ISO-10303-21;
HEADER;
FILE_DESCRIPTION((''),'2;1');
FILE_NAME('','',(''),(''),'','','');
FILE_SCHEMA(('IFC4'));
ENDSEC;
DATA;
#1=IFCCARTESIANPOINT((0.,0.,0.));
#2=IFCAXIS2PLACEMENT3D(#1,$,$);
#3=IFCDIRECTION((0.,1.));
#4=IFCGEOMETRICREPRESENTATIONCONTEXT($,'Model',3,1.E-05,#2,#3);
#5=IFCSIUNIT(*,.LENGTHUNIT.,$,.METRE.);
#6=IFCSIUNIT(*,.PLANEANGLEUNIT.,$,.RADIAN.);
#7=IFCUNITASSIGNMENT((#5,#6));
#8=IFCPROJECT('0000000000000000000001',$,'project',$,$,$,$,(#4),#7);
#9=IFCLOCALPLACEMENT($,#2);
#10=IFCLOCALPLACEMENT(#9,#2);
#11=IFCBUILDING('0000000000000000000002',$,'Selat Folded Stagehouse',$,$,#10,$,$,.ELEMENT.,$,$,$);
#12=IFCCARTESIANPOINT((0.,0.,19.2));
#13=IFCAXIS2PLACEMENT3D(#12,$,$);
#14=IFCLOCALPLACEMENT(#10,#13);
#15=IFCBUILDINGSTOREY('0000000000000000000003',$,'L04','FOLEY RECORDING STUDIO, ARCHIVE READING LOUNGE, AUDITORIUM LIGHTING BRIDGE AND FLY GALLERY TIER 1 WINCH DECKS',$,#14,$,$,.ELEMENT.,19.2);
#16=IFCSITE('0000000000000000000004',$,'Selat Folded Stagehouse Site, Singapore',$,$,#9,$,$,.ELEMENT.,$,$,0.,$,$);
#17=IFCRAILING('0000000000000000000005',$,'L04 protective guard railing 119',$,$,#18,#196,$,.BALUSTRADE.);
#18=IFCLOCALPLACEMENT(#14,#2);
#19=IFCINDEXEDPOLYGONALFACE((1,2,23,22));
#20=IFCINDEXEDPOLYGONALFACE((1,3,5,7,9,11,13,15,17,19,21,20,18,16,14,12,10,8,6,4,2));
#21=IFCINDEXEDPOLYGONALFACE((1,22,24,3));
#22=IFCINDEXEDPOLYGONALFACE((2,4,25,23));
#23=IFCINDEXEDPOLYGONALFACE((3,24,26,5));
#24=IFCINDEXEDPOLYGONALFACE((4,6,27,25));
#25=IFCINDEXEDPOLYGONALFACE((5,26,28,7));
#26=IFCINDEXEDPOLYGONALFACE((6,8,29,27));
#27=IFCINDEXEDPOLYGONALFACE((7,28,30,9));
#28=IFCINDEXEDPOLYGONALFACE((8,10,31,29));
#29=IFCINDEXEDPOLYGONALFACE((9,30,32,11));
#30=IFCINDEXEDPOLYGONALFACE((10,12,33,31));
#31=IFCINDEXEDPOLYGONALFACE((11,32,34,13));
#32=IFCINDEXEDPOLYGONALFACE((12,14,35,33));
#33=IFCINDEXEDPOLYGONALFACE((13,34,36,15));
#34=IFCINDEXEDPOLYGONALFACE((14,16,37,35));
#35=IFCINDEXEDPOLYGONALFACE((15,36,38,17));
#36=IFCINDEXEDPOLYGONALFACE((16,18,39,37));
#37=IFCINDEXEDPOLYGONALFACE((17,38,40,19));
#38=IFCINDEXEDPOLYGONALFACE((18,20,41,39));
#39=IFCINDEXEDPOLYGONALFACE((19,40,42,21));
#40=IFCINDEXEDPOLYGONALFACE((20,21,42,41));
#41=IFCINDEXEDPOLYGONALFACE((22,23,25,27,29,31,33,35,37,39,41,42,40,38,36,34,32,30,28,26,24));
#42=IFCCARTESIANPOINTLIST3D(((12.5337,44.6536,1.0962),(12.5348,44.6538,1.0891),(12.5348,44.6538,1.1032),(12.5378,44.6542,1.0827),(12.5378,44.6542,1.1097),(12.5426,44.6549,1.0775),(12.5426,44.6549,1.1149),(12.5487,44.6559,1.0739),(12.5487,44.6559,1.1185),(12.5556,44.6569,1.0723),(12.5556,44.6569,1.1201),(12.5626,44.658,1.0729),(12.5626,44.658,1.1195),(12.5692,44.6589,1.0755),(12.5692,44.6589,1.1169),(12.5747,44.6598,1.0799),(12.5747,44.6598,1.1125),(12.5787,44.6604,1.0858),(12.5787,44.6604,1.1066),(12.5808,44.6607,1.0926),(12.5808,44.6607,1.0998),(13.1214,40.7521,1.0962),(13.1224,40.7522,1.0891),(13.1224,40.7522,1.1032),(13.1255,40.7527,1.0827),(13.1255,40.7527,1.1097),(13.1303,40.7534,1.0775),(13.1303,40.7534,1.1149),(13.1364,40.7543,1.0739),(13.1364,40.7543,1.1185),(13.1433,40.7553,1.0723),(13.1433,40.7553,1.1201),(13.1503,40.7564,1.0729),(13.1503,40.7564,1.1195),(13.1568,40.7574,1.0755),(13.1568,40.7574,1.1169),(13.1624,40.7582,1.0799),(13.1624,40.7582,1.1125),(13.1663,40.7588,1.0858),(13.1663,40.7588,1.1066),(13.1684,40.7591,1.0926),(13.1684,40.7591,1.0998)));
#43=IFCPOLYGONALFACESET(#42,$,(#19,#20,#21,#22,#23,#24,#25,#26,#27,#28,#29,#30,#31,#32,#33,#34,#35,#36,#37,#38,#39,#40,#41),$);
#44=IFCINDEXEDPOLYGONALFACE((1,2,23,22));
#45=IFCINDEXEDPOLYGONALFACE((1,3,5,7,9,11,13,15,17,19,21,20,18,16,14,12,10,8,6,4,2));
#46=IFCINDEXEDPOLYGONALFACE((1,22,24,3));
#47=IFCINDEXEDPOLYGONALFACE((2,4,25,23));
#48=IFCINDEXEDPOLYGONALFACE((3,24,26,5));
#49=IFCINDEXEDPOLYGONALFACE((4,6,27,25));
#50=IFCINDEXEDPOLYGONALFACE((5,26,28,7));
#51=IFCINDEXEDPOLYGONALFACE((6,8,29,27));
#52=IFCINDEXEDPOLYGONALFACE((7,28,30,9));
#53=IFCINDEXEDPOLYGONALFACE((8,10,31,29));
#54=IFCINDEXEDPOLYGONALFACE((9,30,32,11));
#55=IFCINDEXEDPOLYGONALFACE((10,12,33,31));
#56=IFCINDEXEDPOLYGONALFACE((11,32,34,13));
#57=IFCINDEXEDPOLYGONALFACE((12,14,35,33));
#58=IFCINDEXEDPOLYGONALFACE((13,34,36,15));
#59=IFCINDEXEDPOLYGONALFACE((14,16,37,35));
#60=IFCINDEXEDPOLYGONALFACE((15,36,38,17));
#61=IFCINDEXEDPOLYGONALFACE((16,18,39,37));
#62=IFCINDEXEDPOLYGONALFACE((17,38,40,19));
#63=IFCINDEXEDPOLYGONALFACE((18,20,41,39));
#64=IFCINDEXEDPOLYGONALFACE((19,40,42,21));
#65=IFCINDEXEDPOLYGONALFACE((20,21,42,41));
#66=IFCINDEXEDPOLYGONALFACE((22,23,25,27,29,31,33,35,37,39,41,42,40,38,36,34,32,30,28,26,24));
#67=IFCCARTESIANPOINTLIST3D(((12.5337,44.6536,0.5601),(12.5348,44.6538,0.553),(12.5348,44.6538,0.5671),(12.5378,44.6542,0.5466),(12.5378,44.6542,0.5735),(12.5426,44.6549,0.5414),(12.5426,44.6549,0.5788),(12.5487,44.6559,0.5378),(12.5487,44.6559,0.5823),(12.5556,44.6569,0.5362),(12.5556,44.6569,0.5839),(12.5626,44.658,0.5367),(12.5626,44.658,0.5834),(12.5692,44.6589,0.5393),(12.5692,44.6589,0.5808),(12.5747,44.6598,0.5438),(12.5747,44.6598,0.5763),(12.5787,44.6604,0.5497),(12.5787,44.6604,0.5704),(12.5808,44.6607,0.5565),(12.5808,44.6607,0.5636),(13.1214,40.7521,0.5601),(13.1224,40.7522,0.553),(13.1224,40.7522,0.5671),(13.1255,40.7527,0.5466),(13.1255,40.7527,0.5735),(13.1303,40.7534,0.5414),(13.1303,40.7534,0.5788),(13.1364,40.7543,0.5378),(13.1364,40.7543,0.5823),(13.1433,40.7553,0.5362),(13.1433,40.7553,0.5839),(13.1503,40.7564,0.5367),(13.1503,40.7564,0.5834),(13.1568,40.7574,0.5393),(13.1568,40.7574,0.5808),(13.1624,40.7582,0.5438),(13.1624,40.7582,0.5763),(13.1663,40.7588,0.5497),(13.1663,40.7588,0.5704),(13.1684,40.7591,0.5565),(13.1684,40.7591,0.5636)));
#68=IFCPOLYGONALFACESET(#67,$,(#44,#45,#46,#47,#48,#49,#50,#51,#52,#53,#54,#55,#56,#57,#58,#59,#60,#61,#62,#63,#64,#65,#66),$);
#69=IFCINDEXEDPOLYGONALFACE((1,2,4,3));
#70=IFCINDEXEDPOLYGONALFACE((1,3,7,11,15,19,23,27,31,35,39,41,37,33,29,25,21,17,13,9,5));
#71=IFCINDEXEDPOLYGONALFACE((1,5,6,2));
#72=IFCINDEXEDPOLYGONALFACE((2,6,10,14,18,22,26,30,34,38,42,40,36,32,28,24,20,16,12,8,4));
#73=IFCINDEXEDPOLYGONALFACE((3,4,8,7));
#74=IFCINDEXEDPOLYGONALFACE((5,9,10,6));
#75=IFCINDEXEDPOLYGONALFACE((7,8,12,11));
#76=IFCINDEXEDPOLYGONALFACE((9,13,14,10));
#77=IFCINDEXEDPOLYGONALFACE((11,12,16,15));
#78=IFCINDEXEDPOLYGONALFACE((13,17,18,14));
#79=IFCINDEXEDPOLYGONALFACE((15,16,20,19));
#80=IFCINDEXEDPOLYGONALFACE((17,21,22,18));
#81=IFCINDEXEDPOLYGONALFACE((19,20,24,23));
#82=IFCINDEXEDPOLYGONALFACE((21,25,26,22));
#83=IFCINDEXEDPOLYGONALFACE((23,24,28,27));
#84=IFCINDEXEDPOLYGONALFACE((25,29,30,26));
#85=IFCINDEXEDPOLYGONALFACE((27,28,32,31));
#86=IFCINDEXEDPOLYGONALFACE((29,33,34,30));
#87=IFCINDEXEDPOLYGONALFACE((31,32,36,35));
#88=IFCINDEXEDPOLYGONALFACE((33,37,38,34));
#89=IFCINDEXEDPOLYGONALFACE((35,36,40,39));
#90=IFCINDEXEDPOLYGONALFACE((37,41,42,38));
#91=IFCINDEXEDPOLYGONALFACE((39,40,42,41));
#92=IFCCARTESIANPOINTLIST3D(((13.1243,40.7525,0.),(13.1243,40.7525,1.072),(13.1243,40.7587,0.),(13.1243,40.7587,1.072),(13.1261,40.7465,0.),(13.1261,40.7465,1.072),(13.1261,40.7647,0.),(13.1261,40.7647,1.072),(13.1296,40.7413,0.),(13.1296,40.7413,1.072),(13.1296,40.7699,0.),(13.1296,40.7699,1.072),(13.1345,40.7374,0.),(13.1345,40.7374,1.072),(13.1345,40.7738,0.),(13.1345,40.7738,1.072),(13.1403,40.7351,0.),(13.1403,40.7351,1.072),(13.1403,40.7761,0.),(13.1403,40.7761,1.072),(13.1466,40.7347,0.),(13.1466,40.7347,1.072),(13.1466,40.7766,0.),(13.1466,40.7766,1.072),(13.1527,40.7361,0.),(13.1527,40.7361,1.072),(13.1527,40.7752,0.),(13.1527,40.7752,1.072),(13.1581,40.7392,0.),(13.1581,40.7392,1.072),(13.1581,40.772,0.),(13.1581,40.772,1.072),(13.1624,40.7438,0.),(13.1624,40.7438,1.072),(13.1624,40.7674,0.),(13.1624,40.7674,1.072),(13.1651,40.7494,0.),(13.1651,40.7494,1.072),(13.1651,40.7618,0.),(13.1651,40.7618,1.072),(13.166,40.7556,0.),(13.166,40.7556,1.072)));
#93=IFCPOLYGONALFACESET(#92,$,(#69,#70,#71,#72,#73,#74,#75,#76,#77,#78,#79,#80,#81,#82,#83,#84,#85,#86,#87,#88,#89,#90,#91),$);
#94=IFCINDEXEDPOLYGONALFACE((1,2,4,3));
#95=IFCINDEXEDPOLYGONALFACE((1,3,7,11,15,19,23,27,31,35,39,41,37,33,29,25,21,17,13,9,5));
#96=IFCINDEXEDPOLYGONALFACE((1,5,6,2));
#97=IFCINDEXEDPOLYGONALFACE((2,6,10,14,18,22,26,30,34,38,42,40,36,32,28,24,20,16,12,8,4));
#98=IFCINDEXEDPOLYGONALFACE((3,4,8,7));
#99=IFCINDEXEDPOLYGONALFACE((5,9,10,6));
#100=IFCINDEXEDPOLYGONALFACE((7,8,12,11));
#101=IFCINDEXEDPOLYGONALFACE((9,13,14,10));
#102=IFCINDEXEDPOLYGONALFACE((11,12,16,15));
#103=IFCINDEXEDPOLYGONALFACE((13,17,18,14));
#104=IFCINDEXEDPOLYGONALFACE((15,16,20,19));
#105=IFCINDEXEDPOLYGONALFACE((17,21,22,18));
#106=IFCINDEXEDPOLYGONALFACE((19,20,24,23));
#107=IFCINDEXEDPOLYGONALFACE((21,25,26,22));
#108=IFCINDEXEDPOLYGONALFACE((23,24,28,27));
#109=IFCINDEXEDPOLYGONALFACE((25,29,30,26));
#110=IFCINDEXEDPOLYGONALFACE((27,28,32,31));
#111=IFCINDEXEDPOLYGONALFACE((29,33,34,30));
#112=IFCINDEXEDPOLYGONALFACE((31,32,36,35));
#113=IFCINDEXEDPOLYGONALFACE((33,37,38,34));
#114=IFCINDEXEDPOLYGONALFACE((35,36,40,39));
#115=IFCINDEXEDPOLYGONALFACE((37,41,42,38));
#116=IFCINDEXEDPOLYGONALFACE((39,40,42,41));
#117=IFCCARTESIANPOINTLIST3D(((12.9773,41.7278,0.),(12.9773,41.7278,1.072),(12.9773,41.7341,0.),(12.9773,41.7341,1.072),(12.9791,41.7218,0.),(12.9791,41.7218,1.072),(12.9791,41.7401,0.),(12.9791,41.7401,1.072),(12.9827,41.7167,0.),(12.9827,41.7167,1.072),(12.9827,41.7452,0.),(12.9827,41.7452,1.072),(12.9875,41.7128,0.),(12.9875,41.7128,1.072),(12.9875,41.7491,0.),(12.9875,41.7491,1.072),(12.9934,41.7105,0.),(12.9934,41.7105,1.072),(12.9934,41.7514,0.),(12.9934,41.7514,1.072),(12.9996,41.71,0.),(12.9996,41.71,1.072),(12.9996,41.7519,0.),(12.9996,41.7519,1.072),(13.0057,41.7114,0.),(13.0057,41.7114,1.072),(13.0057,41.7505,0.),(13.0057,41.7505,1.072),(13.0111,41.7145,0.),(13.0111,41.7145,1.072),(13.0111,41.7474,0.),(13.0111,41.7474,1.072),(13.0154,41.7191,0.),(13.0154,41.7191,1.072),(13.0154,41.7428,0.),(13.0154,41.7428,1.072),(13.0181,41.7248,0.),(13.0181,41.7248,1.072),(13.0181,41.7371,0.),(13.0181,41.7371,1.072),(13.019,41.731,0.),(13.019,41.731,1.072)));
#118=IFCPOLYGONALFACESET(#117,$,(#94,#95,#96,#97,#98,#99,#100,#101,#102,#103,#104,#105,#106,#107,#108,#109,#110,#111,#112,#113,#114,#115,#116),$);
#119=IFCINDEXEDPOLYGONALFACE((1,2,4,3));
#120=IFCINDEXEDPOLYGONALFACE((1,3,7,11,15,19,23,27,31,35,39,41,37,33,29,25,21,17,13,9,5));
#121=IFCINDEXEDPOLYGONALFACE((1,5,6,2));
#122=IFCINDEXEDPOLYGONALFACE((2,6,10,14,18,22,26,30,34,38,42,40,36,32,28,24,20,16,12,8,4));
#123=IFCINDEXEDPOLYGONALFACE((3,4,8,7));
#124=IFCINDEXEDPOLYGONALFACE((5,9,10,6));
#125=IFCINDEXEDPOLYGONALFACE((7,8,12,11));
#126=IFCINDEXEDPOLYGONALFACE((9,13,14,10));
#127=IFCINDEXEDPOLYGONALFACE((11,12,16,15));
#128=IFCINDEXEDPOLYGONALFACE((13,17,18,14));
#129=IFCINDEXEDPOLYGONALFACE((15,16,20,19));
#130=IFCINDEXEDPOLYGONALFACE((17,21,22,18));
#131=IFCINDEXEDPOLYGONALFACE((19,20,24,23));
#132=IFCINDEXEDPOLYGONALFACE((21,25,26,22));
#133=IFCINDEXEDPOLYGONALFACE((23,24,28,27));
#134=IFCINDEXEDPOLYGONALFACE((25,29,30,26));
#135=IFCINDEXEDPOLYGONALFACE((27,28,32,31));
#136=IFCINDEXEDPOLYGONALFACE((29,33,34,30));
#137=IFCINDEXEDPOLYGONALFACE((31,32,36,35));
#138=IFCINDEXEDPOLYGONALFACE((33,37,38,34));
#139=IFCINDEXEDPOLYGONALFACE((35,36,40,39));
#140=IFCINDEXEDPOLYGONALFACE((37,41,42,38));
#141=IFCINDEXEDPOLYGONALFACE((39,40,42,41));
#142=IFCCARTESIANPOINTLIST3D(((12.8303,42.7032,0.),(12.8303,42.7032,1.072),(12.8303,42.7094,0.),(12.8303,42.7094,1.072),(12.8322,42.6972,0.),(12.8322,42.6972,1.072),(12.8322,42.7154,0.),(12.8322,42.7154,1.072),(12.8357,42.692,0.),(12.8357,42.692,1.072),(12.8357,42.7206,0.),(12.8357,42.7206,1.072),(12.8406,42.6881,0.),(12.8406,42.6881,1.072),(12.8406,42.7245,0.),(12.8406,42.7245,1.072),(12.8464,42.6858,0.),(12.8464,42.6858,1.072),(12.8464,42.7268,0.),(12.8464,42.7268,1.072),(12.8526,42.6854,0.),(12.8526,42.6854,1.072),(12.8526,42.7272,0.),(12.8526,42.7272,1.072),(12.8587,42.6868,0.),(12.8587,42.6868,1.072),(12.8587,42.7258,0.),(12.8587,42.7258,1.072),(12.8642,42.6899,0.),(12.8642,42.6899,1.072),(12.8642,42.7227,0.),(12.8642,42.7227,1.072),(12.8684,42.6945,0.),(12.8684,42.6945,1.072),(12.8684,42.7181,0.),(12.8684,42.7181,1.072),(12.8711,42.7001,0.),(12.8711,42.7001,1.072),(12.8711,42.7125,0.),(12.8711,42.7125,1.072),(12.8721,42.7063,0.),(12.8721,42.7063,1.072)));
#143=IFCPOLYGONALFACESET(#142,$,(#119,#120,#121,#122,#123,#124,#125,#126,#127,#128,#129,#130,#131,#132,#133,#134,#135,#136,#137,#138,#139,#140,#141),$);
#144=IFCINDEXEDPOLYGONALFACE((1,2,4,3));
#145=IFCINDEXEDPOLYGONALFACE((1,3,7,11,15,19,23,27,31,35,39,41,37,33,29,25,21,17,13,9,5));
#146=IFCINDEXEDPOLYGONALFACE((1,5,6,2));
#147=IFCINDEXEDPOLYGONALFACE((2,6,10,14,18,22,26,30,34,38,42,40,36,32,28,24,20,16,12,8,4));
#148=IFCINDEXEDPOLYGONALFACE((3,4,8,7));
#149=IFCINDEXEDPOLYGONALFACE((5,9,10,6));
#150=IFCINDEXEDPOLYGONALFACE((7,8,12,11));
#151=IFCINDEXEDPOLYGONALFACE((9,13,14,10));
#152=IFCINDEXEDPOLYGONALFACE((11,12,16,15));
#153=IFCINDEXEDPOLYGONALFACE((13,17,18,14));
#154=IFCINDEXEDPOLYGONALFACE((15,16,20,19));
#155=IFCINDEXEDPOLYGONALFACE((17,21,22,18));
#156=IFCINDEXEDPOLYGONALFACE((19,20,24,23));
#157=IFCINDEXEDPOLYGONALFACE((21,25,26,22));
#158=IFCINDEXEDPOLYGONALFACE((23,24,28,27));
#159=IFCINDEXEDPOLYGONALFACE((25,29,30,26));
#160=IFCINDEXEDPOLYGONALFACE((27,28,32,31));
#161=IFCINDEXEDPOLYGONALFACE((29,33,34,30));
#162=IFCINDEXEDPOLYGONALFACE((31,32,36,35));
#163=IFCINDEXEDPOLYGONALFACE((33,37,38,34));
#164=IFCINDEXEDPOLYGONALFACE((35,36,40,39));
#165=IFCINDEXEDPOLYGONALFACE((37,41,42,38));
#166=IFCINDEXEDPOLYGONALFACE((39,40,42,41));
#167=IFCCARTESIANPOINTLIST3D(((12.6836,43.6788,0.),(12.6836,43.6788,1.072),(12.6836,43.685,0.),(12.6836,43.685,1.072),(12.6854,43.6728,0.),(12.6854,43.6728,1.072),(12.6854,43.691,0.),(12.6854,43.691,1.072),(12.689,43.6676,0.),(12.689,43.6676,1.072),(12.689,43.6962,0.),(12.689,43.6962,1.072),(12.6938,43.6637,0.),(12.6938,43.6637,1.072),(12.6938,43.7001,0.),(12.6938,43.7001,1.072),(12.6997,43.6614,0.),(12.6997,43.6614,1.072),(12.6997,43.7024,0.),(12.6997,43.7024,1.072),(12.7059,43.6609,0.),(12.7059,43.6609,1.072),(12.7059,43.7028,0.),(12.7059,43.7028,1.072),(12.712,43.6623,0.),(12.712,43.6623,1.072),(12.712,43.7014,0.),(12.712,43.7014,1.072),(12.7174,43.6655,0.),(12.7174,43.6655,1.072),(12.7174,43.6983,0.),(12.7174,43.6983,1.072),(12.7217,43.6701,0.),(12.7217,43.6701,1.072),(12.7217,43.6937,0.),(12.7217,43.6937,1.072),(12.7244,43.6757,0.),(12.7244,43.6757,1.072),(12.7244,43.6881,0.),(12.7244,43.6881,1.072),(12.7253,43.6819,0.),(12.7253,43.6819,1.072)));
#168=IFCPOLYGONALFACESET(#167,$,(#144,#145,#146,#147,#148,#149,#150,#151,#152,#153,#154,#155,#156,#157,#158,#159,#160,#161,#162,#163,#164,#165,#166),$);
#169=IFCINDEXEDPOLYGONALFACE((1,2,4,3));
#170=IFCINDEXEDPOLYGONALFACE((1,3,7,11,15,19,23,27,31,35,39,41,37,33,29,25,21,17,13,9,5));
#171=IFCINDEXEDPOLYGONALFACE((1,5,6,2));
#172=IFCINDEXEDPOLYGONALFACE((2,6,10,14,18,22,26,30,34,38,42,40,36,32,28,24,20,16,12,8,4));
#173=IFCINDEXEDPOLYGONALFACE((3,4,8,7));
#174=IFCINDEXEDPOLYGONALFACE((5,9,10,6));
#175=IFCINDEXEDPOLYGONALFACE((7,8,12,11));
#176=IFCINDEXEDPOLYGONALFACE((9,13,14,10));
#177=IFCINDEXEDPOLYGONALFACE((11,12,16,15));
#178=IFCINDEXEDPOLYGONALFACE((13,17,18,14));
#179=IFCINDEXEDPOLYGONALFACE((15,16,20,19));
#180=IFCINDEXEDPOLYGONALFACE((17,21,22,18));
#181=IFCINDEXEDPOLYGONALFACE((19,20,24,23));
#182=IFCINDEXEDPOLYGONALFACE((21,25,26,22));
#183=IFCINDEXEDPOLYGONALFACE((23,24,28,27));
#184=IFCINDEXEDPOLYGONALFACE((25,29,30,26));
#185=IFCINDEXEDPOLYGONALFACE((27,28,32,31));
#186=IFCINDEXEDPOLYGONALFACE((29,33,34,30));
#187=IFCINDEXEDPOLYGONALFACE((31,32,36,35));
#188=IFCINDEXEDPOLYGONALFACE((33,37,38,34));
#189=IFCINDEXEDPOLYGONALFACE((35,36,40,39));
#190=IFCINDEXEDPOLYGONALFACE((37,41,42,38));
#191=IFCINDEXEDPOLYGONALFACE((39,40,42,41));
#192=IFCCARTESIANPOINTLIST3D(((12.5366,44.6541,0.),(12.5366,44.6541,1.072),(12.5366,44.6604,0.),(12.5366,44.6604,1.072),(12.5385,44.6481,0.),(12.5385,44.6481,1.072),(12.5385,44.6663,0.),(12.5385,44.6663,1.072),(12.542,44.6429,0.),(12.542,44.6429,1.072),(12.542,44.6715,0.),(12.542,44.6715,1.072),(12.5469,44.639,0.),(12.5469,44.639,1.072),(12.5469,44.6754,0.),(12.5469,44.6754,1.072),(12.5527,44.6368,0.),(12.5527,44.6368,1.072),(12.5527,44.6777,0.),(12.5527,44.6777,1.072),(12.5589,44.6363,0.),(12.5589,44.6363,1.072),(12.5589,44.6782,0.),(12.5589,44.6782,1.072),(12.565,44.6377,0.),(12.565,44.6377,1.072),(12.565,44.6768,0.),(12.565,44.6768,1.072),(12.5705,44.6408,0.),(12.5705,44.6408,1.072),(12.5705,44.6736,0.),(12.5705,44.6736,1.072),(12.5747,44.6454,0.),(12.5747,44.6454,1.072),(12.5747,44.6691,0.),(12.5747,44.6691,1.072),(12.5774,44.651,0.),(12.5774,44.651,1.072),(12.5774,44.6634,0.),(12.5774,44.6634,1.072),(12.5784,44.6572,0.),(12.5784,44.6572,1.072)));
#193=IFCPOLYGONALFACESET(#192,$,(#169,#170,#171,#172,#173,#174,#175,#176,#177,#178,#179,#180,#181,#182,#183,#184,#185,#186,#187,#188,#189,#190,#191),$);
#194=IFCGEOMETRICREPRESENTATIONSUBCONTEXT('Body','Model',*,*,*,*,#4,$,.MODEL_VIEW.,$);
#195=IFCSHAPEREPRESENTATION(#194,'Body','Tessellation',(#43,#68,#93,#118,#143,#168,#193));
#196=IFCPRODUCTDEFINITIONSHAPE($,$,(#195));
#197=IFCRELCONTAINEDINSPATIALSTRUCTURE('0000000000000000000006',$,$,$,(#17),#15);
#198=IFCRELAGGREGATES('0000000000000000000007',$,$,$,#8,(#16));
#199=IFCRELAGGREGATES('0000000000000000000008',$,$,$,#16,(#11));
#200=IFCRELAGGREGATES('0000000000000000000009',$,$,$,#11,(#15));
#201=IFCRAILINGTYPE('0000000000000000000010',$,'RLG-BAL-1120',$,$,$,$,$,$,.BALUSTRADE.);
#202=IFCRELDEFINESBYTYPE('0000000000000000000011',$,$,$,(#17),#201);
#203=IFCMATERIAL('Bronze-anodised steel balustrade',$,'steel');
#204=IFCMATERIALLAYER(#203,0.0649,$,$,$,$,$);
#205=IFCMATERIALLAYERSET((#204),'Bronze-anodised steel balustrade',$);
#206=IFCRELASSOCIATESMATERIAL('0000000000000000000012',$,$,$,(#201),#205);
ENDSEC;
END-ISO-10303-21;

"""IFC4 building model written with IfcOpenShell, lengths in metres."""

from ifc_helpers import new_model, si_unit, direction, frame, origin, origin_2d, place, context, subcontext, project, spatial, circle, extrude, material, layer, layer_set, type_object, element, save


model = new_model("IFC4")

# Units and contexts
model_context = context("Model", 3, precision=1e-05, world=origin(), true_north=direction((0.0, 1.0)))
body_context = subcontext(model_context, "Body", "Model", "MODEL_VIEW")
ifc_project = project(units=[si_unit("LENGTHUNIT", "METRE"), si_unit("PLANEANGLEUNIT", "RADIAN")], contexts=[model_context])

# Site, building, storey
site_placement = place(None, origin())
site = spatial("IfcSite", under=ifc_project, at=site_placement, Name="Selat Folded Stagehouse Site, Singapore", CompositionType="ELEMENT", RefElevation=0.0)
building_placement = place(site_placement, origin())
building = spatial("IfcBuilding", under=site, at=building_placement, Name="Selat Folded Stagehouse", CompositionType="ELEMENT")
storey_placement = place(building_placement, frame((0.0, 0.0, 19.2)))
storey = spatial("IfcBuildingStorey", under=building, at=storey_placement, Name="L04", Description="FOLEY RECORDING STUDIO, ARCHIVE READING LOUNGE, AUDITORIUM LIGHTING BRIDGE AND FLY GALLERY TIER 1 WINCH DECKS", CompositionType="ELEMENT", Elevation=19.2)

# Railing
ifc_material_1 = material(Name="Bronze-anodised steel balustrade", Category="steel")
ifc_layer_1 = layer(ifc_material_1, 0.0649)
ifc_layer_set_1 = layer_set([ifc_layer_1], Name="Bronze-anodised steel balustrade")
railing_type = type_object("IfcRailingType", Name="RLG-BAL-1120", PredefinedType="BALUSTRADE", material=ifc_layer_set_1)
railing_1_placement = place(storey_placement, frame((13.145, 40.7556, 0.0)))
element("IfcRailing", 1, at=railing_1_placement, inside=storey, type_object=railing_type, Name="L04 protective guard railing 119", PredefinedType="BALUSTRADE", context=body_context, shape_type="SweptSolid", body=[
    extrude(circle(Radius=0.0239, at=origin_2d()), frame((0.0, 0.0, 1.0962), z_axis=(-0.148936, 0.988847, 0.0), x_axis=(-0.988847, -0.148936, 0.0)), (0.0, 0.0, 1.0), 3.9456),
    extrude(circle(Radius=0.0239, at=origin_2d()), frame((0.0, 0.0, 0.5601), z_axis=(-0.148936, 0.988847, 0.0), x_axis=(-0.988847, -0.148936, 0.0)), (0.0, 0.0, 1.0), 3.9456),
    extrude(circle(Radius=0.021, at=origin_2d()), origin(), (0.0, 0.0, 1.0), 1.072),
    extrude(circle(Radius=0.021, at=origin_2d()), frame((-0.147, 0.9753, 0.0)), (0.0, 0.0, 1.0), 1.072),
    extrude(circle(Radius=0.021, at=origin_2d()), frame((-0.2939, 1.9507, 0.0)), (0.0, 0.0, 1.0), 1.072),
    extrude(circle(Radius=0.021, at=origin_2d()), frame((-0.4407, 2.9263, 0.0)), (0.0, 0.0, 1.0), 1.072),
    extrude(circle(Radius=0.021, at=origin_2d()), frame((-0.5876, 3.9016, 0.0)), (0.0, 0.0, 1.0), 1.072),
])

save(model, "model.ifc")
